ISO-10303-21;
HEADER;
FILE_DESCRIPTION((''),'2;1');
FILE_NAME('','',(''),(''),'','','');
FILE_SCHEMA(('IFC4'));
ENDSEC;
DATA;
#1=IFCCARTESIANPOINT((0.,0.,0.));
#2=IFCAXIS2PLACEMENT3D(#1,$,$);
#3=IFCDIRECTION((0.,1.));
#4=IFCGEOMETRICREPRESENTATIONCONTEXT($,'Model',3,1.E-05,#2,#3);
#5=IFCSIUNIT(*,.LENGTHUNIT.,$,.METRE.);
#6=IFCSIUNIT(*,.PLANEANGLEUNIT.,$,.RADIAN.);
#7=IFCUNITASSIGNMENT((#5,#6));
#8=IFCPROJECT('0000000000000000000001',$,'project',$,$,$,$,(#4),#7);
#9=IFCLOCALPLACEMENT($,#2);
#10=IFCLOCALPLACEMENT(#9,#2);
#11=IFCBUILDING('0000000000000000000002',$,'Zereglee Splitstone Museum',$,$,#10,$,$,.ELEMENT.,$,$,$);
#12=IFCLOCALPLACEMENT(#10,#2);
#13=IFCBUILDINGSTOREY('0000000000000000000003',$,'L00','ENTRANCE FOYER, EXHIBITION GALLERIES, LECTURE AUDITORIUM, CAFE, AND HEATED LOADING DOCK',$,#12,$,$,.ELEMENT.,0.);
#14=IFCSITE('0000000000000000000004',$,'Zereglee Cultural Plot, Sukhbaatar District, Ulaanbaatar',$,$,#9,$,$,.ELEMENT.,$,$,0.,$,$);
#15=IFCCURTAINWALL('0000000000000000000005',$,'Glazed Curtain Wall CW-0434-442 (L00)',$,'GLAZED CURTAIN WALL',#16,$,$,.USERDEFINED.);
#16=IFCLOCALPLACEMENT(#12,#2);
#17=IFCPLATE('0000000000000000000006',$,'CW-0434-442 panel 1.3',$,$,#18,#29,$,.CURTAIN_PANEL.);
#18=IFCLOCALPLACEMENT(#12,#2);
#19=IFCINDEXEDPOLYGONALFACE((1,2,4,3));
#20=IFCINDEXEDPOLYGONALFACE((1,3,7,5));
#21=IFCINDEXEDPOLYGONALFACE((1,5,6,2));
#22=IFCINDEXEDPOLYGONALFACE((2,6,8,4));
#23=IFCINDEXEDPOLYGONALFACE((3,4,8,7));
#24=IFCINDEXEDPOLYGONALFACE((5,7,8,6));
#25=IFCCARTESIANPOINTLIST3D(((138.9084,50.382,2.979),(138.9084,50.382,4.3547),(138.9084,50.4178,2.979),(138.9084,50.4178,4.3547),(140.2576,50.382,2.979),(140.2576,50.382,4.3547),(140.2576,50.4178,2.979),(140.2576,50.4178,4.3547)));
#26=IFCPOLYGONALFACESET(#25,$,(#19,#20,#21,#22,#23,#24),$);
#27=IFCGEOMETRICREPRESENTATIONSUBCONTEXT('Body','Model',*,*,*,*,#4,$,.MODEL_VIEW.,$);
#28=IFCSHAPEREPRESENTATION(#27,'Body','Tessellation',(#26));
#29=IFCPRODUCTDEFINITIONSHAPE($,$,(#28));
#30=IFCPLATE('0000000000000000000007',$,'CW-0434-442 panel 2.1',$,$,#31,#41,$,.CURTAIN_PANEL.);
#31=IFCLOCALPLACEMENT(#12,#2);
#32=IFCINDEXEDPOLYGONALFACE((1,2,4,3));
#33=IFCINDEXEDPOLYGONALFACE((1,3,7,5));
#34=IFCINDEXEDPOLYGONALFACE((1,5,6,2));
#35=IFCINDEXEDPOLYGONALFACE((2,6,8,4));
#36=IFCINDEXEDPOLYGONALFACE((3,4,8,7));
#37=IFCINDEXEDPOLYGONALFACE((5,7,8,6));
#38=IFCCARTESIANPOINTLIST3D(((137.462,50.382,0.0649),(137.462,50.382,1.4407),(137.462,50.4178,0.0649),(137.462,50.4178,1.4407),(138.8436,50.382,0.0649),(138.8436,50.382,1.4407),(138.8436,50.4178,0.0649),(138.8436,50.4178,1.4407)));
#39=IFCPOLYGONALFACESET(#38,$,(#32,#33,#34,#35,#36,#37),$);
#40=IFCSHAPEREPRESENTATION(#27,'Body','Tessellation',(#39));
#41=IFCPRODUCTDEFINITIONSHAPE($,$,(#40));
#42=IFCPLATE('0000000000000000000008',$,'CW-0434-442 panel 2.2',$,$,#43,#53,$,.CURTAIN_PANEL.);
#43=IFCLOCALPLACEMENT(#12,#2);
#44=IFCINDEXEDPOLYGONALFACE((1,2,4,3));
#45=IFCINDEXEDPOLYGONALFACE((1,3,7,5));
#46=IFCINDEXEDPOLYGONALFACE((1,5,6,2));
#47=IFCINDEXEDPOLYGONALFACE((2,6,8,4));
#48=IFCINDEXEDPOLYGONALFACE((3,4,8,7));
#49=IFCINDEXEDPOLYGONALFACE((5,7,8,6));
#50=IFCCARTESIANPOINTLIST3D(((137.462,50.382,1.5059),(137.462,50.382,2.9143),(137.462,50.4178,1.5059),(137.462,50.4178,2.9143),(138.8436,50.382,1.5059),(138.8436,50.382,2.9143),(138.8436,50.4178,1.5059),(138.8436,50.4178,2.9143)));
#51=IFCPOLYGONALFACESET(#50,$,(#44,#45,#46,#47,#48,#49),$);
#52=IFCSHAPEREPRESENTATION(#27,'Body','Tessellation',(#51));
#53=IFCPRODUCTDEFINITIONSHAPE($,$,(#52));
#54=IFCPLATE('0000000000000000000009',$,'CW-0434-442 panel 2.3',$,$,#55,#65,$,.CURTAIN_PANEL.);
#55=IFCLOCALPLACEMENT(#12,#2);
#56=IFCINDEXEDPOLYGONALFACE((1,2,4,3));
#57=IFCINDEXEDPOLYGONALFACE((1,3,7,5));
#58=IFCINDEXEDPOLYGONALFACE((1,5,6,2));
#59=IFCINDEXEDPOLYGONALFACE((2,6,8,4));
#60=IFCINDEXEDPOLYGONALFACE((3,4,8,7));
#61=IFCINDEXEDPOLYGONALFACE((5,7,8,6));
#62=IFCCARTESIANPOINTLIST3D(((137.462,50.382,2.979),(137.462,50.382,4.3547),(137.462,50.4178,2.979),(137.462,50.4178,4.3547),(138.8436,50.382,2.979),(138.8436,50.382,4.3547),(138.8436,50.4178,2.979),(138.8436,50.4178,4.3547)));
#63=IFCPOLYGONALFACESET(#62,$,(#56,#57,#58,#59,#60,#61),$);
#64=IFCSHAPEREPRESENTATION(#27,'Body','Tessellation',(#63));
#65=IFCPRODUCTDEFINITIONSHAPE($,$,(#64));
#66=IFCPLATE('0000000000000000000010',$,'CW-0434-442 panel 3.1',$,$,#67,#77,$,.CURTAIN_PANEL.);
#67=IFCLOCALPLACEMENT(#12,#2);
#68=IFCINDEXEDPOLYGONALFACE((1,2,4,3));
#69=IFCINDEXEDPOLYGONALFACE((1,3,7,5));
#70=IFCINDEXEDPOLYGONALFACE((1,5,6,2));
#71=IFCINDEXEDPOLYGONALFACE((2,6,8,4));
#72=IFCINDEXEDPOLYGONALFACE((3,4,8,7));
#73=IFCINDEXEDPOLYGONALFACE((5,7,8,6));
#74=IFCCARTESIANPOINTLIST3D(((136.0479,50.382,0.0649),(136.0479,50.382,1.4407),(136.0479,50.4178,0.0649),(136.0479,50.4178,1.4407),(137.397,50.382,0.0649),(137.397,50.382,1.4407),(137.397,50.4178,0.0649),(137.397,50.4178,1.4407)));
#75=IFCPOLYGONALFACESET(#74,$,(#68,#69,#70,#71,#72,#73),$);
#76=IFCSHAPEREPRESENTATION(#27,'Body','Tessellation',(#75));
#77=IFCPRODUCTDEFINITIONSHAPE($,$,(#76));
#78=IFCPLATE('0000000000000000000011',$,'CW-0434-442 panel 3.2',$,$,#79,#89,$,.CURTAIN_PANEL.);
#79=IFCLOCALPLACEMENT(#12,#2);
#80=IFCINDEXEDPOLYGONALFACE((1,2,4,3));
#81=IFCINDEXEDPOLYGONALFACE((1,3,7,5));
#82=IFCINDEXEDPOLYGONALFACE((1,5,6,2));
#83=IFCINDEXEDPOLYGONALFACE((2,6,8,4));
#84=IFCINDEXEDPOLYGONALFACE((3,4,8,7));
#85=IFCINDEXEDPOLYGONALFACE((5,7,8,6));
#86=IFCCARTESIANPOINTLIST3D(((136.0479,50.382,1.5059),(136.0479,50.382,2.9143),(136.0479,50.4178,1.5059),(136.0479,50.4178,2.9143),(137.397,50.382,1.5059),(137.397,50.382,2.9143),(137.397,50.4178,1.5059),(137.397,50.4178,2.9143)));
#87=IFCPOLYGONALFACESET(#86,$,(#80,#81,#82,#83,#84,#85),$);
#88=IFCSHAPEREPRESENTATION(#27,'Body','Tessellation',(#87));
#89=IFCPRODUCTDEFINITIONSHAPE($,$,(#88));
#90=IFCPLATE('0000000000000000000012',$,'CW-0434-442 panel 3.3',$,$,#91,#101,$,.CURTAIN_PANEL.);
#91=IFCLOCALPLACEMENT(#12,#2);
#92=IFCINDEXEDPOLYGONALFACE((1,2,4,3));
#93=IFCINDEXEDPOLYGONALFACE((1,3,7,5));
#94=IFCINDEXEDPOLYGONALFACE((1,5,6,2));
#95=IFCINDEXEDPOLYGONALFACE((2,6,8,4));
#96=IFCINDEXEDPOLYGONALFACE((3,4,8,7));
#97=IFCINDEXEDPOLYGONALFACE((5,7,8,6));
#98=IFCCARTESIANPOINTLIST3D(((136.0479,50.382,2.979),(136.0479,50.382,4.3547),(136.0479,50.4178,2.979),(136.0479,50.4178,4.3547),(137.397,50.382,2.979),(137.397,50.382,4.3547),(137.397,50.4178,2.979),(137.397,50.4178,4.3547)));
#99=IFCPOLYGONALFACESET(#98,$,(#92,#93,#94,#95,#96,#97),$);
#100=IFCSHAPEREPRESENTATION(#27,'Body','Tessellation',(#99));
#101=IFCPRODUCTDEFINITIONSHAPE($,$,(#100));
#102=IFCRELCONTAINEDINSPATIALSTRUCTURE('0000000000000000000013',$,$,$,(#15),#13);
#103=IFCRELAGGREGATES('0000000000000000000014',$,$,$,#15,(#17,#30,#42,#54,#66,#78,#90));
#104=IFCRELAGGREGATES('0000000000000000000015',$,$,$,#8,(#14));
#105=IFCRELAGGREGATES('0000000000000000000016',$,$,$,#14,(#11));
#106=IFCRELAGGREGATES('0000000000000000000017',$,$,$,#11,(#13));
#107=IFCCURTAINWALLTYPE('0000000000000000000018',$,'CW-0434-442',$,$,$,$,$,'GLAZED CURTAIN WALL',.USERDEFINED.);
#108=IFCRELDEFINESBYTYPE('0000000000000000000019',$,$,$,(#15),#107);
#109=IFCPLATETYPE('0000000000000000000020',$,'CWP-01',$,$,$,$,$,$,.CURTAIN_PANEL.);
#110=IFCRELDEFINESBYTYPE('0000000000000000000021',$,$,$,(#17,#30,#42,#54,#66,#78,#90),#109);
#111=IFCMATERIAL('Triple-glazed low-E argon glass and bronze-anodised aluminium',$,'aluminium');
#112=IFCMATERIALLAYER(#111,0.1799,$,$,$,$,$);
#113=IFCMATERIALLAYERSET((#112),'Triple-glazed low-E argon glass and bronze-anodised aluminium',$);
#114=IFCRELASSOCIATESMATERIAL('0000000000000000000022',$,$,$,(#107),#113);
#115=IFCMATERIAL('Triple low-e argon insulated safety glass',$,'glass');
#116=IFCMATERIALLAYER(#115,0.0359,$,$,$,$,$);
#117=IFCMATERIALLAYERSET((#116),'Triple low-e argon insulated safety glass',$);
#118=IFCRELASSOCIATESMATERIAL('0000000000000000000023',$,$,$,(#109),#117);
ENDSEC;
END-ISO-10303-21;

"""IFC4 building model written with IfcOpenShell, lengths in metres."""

from ifc_helpers import new_model, si_unit, direction, frame, origin, origin_2d, place, context, subcontext, project, spatial, rectangle, extrude, material, layer, layer_set, type_object, element, aggregate, save


model = new_model("IFC4")

# Units and contexts
model_context = context("Model", 3, precision=1e-05, world=origin(), true_north=direction((0.0, 1.0)))
body_context = subcontext(model_context, "Body", "Model", "MODEL_VIEW")
ifc_project = project(units=[si_unit("LENGTHUNIT", "METRE"), si_unit("PLANEANGLEUNIT", "RADIAN")], contexts=[model_context])

# Site, building, storey
site_placement = place(None, origin())
site = spatial("IfcSite", under=ifc_project, at=site_placement, Name="Zereglee Cultural Plot, Sukhbaatar District, Ulaanbaatar", CompositionType="ELEMENT", RefElevation=0.0)
building_placement = place(site_placement, origin())
building = spatial("IfcBuilding", under=site, at=building_placement, Name="Zereglee Splitstone Museum", CompositionType="ELEMENT")
storey_placement = place(building_placement, origin())
storey = spatial("IfcBuildingStorey", under=building, at=storey_placement, Name="L00", Description="ENTRANCE FOYER, EXHIBITION GALLERIES, LECTURE AUDITORIUM, CAFE, AND HEATED LOADING DOCK", CompositionType="ELEMENT", Elevation=0.0)

# Curtain wall, plates
ifc_material_1 = material(Name="Triple-glazed low-E argon glass and bronze-anodised aluminium", Category="aluminium")
ifc_layer_1 = layer(ifc_material_1, 0.1799)
ifc_layer_set_1 = layer_set([ifc_layer_1], Name="Triple-glazed low-E argon glass and bronze-anodised aluminium")
curtain_wall_type = type_object("IfcCurtainWallType", Name="CW-0434-442", ElementType="GLAZED CURTAIN WALL", PredefinedType="USERDEFINED", material=ifc_layer_set_1)
curtain_wall_placement = place(storey_placement, origin())
curtain_wall = element("IfcCurtainWall", 1, at=curtain_wall_placement, inside=storey, type_object=curtain_wall_type, Name="Glazed Curtain Wall CW-0434-442 (L00)", ObjectType="GLAZED CURTAIN WALL", PredefinedType="USERDEFINED")
ifc_material_2 = material(Name="Triple low-e argon insulated safety glass", Category="glass")
ifc_layer_2 = layer(ifc_material_2, 0.0359)
ifc_layer_set_2 = layer_set([ifc_layer_2], Name="Triple low-e argon insulated safety glass")
plate_type = type_object("IfcPlateType", Name="CWP-01", PredefinedType="CURTAIN_PANEL", material=ifc_layer_set_2)
plate_1_placement = place(storey_placement, frame((139.583, 50.3999, 2.979), z_axis=(0.0, 0.0, 1.0), x_axis=(-1.0, 0.0, 0.0)))
plate_1 = element("IfcPlate", 2, at=plate_1_placement, type_object=plate_type, Name="CW-0434-442 panel 1.3", PredefinedType="CURTAIN_PANEL", context=body_context, shape_type="SweptSolid", body=[
    extrude(rectangle(XDim=1.3491, YDim=0.0359, at=origin_2d()), origin(), (0.0, 0.0, 1.0), 1.3757),
])
plate_2_placement = place(storey_placement, frame((138.1528, 50.3999, 0.0649), z_axis=(0.0, 0.0, 1.0), x_axis=(-1.0, 0.0, 0.0)))
plate_2 = element("IfcPlate", 3, at=plate_2_placement, type_object=plate_type, Name="CW-0434-442 panel 2.1", PredefinedType="CURTAIN_PANEL", context=body_context, shape_type="SweptSolid", body=[
    extrude(rectangle(XDim=1.3816, YDim=0.0359, at=origin_2d()), origin(), (0.0, 0.0, 1.0), 1.3757),
])
plate_3_placement = place(storey_placement, frame((138.1528, 50.3999, 1.5059), z_axis=(0.0, 0.0, 1.0), x_axis=(-1.0, 0.0, 0.0)))
plate_3 = element("IfcPlate", 4, at=plate_3_placement, type_object=plate_type, Name="CW-0434-442 panel 2.2", PredefinedType="CURTAIN_PANEL", context=body_context, shape_type="SweptSolid", body=[
    extrude(rectangle(XDim=1.3816, YDim=0.0359, at=origin_2d()), origin(), (0.0, 0.0, 1.0), 1.4084),
])
plate_4_placement = place(storey_placement, frame((138.1528, 50.3999, 2.979), z_axis=(0.0, 0.0, 1.0), x_axis=(-1.0, 0.0, 0.0)))
plate_4 = element("IfcPlate", 5, at=plate_4_placement, type_object=plate_type, Name="CW-0434-442 panel 2.3", PredefinedType="CURTAIN_PANEL", context=body_context, shape_type="SweptSolid", body=[
    extrude(rectangle(XDim=1.3816, YDim=0.0359, at=origin_2d()), origin(), (0.0, 0.0, 1.0), 1.3757),
])
plate_5_placement = place(storey_placement, frame((136.7224, 50.3999, 0.0649), z_axis=(0.0, 0.0, 1.0), x_axis=(-1.0, 0.0, 0.0)))
plate_5 = element("IfcPlate", 6, at=plate_5_placement, type_object=plate_type, Name="CW-0434-442 panel 3.1", PredefinedType="CURTAIN_PANEL", context=body_context, shape_type="SweptSolid", body=[
    extrude(rectangle(XDim=1.3491, YDim=0.0359, at=origin_2d()), origin(), (0.0, 0.0, 1.0), 1.3757),
])
plate_6_placement = place(storey_placement, frame((136.7224, 50.3999, 1.5059), z_axis=(0.0, 0.0, 1.0), x_axis=(-1.0, 0.0, 0.0)))
plate_6 = element("IfcPlate", 7, at=plate_6_placement, type_object=plate_type, Name="CW-0434-442 panel 3.2", PredefinedType="CURTAIN_PANEL", context=body_context, shape_type="SweptSolid", body=[
    extrude(rectangle(XDim=1.3491, YDim=0.0359, at=origin_2d()), origin(), (0.0, 0.0, 1.0), 1.4084),
])
plate_7_placement = place(storey_placement, frame((136.7224, 50.3999, 2.979), z_axis=(0.0, 0.0, 1.0), x_axis=(-1.0, 0.0, 0.0)))
plate_7 = element("IfcPlate", 8, at=plate_7_placement, type_object=plate_type, Name="CW-0434-442 panel 3.3", PredefinedType="CURTAIN_PANEL", context=body_context, shape_type="SweptSolid", body=[
    extrude(rectangle(XDim=1.3491, YDim=0.0359, at=origin_2d()), origin(), (0.0, 0.0, 1.0), 1.3757),
])
aggregate(curtain_wall, [plate_1, plate_2, plate_3, plate_4, plate_5, plate_6, plate_7])

save(model, "model.ifc")
